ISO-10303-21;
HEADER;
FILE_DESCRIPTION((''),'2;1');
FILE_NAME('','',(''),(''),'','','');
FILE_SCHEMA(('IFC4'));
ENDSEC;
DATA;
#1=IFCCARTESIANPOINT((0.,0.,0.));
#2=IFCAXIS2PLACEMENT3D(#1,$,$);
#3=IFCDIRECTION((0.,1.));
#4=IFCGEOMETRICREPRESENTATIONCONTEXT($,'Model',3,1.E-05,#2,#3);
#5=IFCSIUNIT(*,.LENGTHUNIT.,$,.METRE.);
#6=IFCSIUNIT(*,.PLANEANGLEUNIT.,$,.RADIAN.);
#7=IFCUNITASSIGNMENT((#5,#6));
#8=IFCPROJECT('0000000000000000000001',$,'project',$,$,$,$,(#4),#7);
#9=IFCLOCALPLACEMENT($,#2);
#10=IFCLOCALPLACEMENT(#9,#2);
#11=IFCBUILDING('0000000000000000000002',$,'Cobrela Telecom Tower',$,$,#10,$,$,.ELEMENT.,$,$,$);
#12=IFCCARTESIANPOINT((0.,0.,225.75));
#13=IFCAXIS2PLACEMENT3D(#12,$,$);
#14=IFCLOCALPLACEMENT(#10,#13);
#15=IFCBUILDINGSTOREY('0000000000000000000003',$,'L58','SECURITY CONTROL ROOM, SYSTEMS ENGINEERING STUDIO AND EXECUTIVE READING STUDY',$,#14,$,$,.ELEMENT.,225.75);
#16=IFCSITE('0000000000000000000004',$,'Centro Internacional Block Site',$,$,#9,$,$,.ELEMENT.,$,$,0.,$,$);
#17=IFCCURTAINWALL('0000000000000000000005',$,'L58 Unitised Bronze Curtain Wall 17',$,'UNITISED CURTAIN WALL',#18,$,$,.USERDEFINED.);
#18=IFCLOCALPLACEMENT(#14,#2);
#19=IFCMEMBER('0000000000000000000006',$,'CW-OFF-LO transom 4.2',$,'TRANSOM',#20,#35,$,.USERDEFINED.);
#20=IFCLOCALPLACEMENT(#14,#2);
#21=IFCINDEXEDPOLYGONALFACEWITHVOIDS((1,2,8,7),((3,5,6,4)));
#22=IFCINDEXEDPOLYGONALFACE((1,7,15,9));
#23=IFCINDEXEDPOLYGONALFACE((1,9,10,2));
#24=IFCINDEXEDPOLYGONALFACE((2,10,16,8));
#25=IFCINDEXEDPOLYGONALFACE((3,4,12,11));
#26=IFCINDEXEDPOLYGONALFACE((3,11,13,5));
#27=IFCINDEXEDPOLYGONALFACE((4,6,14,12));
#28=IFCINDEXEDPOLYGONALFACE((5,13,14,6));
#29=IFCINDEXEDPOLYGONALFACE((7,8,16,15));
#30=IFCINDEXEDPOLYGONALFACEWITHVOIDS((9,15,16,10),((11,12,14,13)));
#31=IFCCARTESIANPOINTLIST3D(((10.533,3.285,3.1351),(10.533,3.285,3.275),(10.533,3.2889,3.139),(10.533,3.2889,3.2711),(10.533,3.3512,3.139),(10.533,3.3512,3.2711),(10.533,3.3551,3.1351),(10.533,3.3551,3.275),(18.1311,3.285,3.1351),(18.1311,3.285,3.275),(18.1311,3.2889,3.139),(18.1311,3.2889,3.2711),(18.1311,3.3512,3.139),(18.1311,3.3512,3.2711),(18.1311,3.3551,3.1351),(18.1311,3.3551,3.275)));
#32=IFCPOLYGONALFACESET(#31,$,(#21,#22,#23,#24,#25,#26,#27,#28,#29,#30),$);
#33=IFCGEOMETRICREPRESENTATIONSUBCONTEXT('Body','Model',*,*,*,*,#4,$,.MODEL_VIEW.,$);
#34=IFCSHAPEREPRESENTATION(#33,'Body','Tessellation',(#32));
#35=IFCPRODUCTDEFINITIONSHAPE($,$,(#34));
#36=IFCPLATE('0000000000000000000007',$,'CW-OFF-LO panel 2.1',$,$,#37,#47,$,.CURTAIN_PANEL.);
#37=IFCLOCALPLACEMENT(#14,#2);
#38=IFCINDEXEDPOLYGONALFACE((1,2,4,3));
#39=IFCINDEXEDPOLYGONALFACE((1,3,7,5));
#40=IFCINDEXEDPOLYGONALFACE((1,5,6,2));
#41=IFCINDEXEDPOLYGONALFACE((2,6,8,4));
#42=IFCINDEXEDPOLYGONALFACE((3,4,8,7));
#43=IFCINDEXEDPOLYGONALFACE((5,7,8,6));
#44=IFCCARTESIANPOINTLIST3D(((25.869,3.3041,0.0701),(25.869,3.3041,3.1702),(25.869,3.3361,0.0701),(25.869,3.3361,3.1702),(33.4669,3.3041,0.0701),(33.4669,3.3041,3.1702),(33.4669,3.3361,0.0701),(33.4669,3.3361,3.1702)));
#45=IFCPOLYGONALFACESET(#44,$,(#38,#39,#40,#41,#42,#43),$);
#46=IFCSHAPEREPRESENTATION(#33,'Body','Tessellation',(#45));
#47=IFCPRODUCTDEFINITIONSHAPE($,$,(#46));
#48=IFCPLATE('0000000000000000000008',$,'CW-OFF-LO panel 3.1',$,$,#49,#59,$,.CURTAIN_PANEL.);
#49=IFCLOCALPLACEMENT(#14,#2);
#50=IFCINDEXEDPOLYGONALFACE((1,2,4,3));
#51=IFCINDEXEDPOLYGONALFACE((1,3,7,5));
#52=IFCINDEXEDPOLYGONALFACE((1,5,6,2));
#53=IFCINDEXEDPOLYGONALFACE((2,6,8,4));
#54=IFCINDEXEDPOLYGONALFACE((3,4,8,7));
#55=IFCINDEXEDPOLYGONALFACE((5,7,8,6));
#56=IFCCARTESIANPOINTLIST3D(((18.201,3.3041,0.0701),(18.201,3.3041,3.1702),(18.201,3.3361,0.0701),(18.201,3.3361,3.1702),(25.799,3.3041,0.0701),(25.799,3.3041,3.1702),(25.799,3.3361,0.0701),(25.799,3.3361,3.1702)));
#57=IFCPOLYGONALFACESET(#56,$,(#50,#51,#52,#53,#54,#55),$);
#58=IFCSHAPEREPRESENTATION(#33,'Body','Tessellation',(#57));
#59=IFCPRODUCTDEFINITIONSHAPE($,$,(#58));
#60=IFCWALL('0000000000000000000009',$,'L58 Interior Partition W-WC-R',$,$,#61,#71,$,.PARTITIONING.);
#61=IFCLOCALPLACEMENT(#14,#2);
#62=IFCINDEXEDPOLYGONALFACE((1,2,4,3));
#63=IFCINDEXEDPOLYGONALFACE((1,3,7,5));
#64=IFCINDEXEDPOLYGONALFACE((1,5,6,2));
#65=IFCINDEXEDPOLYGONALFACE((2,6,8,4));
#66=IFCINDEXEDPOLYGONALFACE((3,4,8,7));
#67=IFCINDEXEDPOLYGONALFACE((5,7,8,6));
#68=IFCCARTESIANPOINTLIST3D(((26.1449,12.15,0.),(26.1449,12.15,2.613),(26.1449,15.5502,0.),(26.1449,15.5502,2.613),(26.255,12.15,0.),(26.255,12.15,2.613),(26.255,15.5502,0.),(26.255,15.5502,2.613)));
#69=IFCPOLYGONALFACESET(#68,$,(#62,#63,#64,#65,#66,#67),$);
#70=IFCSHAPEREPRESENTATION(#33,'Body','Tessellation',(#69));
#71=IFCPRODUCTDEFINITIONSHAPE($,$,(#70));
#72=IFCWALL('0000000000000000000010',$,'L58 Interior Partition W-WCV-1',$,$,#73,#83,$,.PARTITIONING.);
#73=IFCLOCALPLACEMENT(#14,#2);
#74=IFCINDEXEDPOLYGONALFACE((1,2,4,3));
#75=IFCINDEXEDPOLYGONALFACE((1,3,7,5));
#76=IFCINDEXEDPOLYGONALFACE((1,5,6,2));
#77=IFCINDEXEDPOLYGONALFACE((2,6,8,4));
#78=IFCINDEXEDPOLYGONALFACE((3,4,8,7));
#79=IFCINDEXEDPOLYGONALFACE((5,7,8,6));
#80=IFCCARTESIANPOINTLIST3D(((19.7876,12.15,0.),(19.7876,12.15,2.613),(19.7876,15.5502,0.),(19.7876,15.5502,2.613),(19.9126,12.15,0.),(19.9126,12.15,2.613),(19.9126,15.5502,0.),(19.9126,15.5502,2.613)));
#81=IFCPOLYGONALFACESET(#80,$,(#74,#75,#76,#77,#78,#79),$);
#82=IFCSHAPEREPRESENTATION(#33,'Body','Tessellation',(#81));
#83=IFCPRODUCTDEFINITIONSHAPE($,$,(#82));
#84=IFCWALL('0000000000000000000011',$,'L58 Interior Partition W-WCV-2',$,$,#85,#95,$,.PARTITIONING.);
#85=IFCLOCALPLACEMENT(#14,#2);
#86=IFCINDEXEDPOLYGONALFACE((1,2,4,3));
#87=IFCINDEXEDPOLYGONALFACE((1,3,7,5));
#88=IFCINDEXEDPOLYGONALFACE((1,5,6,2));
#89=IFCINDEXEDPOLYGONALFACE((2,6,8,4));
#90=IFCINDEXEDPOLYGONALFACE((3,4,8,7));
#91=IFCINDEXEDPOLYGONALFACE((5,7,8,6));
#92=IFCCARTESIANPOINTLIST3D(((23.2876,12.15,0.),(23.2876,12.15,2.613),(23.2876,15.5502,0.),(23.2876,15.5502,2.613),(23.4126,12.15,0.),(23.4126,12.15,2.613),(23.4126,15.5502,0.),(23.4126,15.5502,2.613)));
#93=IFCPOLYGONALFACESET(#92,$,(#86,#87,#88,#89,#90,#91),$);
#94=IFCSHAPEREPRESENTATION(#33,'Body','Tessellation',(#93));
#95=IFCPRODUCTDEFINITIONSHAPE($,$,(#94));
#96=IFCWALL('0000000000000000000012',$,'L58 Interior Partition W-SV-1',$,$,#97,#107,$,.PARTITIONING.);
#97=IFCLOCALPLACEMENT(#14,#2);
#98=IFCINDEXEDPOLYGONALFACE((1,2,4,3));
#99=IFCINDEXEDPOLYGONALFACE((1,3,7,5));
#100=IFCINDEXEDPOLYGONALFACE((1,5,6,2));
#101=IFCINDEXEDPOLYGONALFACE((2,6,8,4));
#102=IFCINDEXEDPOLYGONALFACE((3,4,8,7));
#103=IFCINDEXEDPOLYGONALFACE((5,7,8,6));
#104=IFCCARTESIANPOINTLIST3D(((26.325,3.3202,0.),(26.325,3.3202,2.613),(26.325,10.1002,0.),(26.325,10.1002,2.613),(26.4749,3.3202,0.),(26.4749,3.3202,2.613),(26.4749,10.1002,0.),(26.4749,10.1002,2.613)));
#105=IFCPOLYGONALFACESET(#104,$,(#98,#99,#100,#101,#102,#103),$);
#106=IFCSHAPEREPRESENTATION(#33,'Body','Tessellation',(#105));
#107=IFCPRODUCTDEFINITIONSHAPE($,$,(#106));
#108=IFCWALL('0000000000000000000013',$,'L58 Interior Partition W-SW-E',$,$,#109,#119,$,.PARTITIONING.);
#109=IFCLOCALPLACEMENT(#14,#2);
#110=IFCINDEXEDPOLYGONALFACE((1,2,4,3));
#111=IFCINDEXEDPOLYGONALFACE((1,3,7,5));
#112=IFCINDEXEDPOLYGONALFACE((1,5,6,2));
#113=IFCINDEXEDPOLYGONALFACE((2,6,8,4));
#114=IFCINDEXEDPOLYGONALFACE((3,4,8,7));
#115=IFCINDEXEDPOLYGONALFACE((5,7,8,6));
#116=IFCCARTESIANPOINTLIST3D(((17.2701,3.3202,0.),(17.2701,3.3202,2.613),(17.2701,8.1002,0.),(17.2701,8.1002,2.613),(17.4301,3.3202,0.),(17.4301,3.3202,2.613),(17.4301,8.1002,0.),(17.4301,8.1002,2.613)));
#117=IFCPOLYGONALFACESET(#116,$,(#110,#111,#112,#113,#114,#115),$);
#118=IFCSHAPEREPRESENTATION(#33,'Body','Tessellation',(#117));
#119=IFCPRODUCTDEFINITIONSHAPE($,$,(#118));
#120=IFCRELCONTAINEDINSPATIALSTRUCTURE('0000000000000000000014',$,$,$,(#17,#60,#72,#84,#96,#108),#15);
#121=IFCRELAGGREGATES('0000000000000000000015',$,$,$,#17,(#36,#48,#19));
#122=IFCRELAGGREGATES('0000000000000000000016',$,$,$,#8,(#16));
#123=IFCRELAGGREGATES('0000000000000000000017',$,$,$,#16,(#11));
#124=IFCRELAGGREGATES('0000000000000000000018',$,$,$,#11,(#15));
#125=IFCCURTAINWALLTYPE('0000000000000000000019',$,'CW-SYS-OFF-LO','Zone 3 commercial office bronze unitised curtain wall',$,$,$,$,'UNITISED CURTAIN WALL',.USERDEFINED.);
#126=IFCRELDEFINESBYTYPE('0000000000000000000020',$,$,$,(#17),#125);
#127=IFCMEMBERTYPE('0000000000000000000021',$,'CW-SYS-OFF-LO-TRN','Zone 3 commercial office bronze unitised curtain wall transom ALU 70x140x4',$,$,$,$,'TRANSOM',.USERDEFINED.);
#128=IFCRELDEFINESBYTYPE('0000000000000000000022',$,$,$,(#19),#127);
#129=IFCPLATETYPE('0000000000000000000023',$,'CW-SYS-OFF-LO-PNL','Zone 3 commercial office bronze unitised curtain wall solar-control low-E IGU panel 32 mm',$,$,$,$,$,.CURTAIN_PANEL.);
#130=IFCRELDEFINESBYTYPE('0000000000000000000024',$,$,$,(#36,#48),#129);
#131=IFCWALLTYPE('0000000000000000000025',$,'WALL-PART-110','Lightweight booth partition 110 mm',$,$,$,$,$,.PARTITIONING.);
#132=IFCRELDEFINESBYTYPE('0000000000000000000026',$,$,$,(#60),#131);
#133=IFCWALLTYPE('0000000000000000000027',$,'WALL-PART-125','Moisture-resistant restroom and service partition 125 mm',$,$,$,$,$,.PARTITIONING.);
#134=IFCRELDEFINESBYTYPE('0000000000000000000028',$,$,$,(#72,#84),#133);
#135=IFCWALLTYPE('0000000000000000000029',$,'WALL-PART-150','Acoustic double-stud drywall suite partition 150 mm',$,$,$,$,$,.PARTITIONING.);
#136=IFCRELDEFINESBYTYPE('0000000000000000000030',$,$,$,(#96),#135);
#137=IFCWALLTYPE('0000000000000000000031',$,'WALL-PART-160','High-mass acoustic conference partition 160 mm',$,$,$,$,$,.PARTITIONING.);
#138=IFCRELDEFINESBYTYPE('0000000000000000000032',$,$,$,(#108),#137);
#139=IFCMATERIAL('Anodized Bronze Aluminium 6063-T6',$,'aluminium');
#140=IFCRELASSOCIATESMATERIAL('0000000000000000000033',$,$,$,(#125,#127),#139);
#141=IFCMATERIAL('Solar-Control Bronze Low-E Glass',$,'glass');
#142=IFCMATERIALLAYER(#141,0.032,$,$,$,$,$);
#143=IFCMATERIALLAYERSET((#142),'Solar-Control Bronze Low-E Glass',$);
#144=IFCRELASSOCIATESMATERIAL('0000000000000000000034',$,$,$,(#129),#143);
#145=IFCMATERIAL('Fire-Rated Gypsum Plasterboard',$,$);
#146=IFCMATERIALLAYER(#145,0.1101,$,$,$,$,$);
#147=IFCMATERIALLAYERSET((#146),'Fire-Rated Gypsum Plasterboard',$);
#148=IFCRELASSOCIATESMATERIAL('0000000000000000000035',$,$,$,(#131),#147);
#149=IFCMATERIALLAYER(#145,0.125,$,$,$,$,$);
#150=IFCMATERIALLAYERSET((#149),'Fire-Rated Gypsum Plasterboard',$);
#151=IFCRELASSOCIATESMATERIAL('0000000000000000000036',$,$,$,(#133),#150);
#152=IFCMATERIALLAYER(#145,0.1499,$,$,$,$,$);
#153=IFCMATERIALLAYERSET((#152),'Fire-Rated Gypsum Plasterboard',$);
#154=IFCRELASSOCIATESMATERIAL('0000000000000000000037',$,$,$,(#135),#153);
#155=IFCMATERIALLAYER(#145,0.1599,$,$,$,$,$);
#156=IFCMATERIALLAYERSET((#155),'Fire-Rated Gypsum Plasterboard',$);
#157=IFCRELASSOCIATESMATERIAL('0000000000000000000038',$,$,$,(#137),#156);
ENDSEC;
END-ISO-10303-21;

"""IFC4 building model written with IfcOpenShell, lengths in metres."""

from ifc_helpers import new_model, si_unit, direction, frame, frame_2d, origin, origin_2d, place, context, subcontext, project, spatial, rectangle, hollow_rectangle, extrude, material, layer, layer_set, material_profile, profile_set, type_object, element, aggregate, save


model = new_model("IFC4")

# Units and contexts
model_context = context("Model", 3, precision=1e-05, world=origin(), true_north=direction((0.0, 1.0)))
body_context = subcontext(model_context, "Body", "Model", "MODEL_VIEW")
ifc_project = project(units=[si_unit("LENGTHUNIT", "METRE"), si_unit("PLANEANGLEUNIT", "RADIAN")], contexts=[model_context])

# Site, building, storey
site_placement = place(None, origin())
site = spatial("IfcSite", under=ifc_project, at=site_placement, Name="Centro Internacional Block Site", CompositionType="ELEMENT", RefElevation=0.0)
building_placement = place(site_placement, origin())
building = spatial("IfcBuilding", under=site, at=building_placement, Name="Cobrela Telecom Tower", CompositionType="ELEMENT")
storey_placement = place(building_placement, frame((0.0, 0.0, 225.75)))
storey = spatial("IfcBuildingStorey", under=building, at=storey_placement, Name="L58", Description="SECURITY CONTROL ROOM, SYSTEMS ENGINEERING STUDIO AND EXECUTIVE READING STUDY", CompositionType="ELEMENT", Elevation=225.75)

# Curtain wall, member, plates
ifc_material_1 = material(Name="Anodized Bronze Aluminium 6063-T6", Category="aluminium")
curtain_wall_type = type_object("IfcCurtainWallType", Name="CW-SYS-OFF-LO", Description="Zone 3 commercial office bronze unitised curtain wall", ElementType="UNITISED CURTAIN WALL", PredefinedType="USERDEFINED", material=ifc_material_1)
curtain_wall_placement = place(storey_placement, origin())
curtain_wall = element("IfcCurtainWall", 1, at=curtain_wall_placement, inside=storey, type_object=curtain_wall_type, Name="L58 Unitised Bronze Curtain Wall 17", ObjectType="UNITISED CURTAIN WALL", PredefinedType="USERDEFINED")
ifc_material_profile_1 = material_profile(ifc_material_1, hollow_rectangle(XDim=0.0701, YDim=0.1399, WallThickness=0.0039, at=origin_2d()), Name="ALU 70x140x4")
ifc_profile_set_1 = profile_set([ifc_material_profile_1], Name="Anodized Bronze Aluminium 6063-T6")
member_type_1 = type_object("IfcMemberType", Name="CW-SYS-OFF-LO-TRN", Description="Zone 3 commercial office bronze unitised curtain wall transom ALU 70x140x4", ElementType="TRANSOM", PredefinedType="USERDEFINED", material=ifc_profile_set_1)
member_1_placement = place(storey_placement, frame((18.1311, 3.3201, 3.2051), z_axis=(-1.0, 0.0, 0.0), x_axis=(0.0, -1.0, 0.0)))
member_1 = element("IfcMember", 2, at=member_1_placement, type_object=member_type_1, Name="CW-OFF-LO transom 4.2", ObjectType="TRANSOM", PredefinedType="USERDEFINED", context=body_context, shape_type="SweptSolid", body=[
    extrude(hollow_rectangle(XDim=0.0701, YDim=0.1399, WallThickness=0.0039, at=origin_2d()), origin(), (0.0, 0.0, 1.0), 7.5981),
])
ifc_material_2 = material(Name="Solar-Control Bronze Low-E Glass", Category="glass")
ifc_layer_1 = layer(ifc_material_2, 0.032)
ifc_layer_set_1 = layer_set([ifc_layer_1], Name="Solar-Control Bronze Low-E Glass")
plate_type = type_object("IfcPlateType", Name="CW-SYS-OFF-LO-PNL", Description="Zone 3 commercial office bronze unitised curtain wall solar-control low-E IGU panel 32 mm", PredefinedType="CURTAIN_PANEL", material=ifc_layer_set_1)
plate_1_placement = place(storey_placement, frame((29.668, 3.3201, 0.0701), z_axis=(0.0, 0.0, 1.0), x_axis=(-1.0, 0.0, 0.0)))
plate_1 = element("IfcPlate", 3, at=plate_1_placement, type_object=plate_type, Name="CW-OFF-LO panel 2.1", PredefinedType="CURTAIN_PANEL", context=body_context, shape_type="SweptSolid", body=[
    extrude(rectangle(XDim=7.5979, YDim=0.032, at=origin_2d()), origin(), (0.0, 0.0, 1.0), 3.1001),
])
plate_2_placement = place(storey_placement, frame((22.0, 3.3201, 0.0701), z_axis=(0.0, 0.0, 1.0), x_axis=(-1.0, 0.0, 0.0)))
plate_2 = element("IfcPlate", 4, at=plate_2_placement, type_object=plate_type, Name="CW-OFF-LO panel 3.1", PredefinedType="CURTAIN_PANEL", context=body_context, shape_type="SweptSolid", body=[
    extrude(rectangle(XDim=7.5979, YDim=0.032, at=origin_2d()), origin(), (0.0, 0.0, 1.0), 3.1001),
])
aggregate(curtain_wall, [plate_1, plate_2, member_1])

# Walls
ifc_material_3 = material(Name="Fire-Rated Gypsum Plasterboard")
ifc_layer_2 = layer(ifc_material_3, 0.1101)
ifc_layer_set_2 = layer_set([ifc_layer_2], Name="Fire-Rated Gypsum Plasterboard")
wall_type_1 = type_object("IfcWallType", Name="WALL-PART-110", Description="Lightweight booth partition 110 mm", PredefinedType="PARTITIONING", material=ifc_layer_set_2)
wall_1_placement = place(storey_placement, frame((26.2, 12.1499, 0.0), z_axis=(0.0, 0.0, 1.0), x_axis=(0.0, 1.0, 0.0)))
element("IfcWall", 5, at=wall_1_placement, inside=storey, type_object=wall_type_1, Name="L58 Interior Partition W-WC-R", PredefinedType="PARTITIONING", context=body_context, shape_type="SweptSolid", body=[
    extrude(rectangle(XDim=3.4001, YDim=0.1101, at=frame_2d((1.7002, 0.0))), origin(), (0.0, 0.0, 1.0), 2.613),
])
ifc_layer_3 = layer(ifc_material_3, 0.125)
ifc_layer_set_3 = layer_set([ifc_layer_3], Name="Fire-Rated Gypsum Plasterboard")
wall_type_2 = type_object("IfcWallType", Name="WALL-PART-125", Description="Moisture-resistant restroom and service partition 125 mm", PredefinedType="PARTITIONING", material=ifc_layer_set_3)
for number, where, z_axis, x_axis, name in (
    (6, (19.8501, 12.1499, 0.0), (0.0, 0.0, 1.0), (0.0, 1.0, 0.0), "L58 Interior Partition W-WCV-1"),
    (7, (23.3501, 12.1499, 0.0), (0.0, 0.0, 1.0), (0.0, 1.0, 0.0), "L58 Interior Partition W-WCV-2"),
):
    element("IfcWall", number, at=place(storey_placement, frame(where, z_axis=z_axis, x_axis=x_axis)), inside=storey, type_object=wall_type_2, Name=name, PredefinedType="PARTITIONING", context=body_context, shape_type="SweptSolid", body=[
        extrude(rectangle(XDim=3.4001, YDim=0.125, at=frame_2d((1.7002, 0.0))), origin(), (0.0, 0.0, 1.0), 2.613),
    ])
ifc_layer_4 = layer(ifc_material_3, 0.1499)
ifc_layer_set_4 = layer_set([ifc_layer_4], Name="Fire-Rated Gypsum Plasterboard")
wall_type_3 = type_object("IfcWallType", Name="WALL-PART-150", Description="Acoustic double-stud drywall suite partition 150 mm", PredefinedType="PARTITIONING", material=ifc_layer_set_4)
wall_2_placement = place(storey_placement, frame((26.3999, 3.3201, 0.0), z_axis=(0.0, 0.0, 1.0), x_axis=(0.0, 1.0, 0.0)))
element("IfcWall", 8, at=wall_2_placement, inside=storey, type_object=wall_type_3, Name="L58 Interior Partition W-SV-1", PredefinedType="PARTITIONING", context=body_context, shape_type="SweptSolid", body=[
    extrude(rectangle(XDim=6.78, YDim=0.1499, at=frame_2d((3.3901, 0.0))), origin(), (0.0, 0.0, 1.0), 2.613),
])
ifc_layer_5 = layer(ifc_material_3, 0.1599)
ifc_layer_set_5 = layer_set([ifc_layer_5], Name="Fire-Rated Gypsum Plasterboard")
wall_type_4 = type_object("IfcWallType", Name="WALL-PART-160", Description="High-mass acoustic conference partition 160 mm", PredefinedType="PARTITIONING", material=ifc_layer_set_5)
wall_3_placement = place(storey_placement, frame((17.3501, 3.3201, 0.0), z_axis=(0.0, 0.0, 1.0), x_axis=(0.0, 1.0, 0.0)))
element("IfcWall", 9, at=wall_3_placement, inside=storey, type_object=wall_type_4, Name="L58 Interior Partition W-SW-E", PredefinedType="PARTITIONING", context=body_context, shape_type="SweptSolid", body=[
    extrude(rectangle(XDim=4.78, YDim=0.1599, at=frame_2d((2.3901, 0.0))), origin(), (0.0, 0.0, 1.0), 2.613),
])

save(model, "model.ifc")
